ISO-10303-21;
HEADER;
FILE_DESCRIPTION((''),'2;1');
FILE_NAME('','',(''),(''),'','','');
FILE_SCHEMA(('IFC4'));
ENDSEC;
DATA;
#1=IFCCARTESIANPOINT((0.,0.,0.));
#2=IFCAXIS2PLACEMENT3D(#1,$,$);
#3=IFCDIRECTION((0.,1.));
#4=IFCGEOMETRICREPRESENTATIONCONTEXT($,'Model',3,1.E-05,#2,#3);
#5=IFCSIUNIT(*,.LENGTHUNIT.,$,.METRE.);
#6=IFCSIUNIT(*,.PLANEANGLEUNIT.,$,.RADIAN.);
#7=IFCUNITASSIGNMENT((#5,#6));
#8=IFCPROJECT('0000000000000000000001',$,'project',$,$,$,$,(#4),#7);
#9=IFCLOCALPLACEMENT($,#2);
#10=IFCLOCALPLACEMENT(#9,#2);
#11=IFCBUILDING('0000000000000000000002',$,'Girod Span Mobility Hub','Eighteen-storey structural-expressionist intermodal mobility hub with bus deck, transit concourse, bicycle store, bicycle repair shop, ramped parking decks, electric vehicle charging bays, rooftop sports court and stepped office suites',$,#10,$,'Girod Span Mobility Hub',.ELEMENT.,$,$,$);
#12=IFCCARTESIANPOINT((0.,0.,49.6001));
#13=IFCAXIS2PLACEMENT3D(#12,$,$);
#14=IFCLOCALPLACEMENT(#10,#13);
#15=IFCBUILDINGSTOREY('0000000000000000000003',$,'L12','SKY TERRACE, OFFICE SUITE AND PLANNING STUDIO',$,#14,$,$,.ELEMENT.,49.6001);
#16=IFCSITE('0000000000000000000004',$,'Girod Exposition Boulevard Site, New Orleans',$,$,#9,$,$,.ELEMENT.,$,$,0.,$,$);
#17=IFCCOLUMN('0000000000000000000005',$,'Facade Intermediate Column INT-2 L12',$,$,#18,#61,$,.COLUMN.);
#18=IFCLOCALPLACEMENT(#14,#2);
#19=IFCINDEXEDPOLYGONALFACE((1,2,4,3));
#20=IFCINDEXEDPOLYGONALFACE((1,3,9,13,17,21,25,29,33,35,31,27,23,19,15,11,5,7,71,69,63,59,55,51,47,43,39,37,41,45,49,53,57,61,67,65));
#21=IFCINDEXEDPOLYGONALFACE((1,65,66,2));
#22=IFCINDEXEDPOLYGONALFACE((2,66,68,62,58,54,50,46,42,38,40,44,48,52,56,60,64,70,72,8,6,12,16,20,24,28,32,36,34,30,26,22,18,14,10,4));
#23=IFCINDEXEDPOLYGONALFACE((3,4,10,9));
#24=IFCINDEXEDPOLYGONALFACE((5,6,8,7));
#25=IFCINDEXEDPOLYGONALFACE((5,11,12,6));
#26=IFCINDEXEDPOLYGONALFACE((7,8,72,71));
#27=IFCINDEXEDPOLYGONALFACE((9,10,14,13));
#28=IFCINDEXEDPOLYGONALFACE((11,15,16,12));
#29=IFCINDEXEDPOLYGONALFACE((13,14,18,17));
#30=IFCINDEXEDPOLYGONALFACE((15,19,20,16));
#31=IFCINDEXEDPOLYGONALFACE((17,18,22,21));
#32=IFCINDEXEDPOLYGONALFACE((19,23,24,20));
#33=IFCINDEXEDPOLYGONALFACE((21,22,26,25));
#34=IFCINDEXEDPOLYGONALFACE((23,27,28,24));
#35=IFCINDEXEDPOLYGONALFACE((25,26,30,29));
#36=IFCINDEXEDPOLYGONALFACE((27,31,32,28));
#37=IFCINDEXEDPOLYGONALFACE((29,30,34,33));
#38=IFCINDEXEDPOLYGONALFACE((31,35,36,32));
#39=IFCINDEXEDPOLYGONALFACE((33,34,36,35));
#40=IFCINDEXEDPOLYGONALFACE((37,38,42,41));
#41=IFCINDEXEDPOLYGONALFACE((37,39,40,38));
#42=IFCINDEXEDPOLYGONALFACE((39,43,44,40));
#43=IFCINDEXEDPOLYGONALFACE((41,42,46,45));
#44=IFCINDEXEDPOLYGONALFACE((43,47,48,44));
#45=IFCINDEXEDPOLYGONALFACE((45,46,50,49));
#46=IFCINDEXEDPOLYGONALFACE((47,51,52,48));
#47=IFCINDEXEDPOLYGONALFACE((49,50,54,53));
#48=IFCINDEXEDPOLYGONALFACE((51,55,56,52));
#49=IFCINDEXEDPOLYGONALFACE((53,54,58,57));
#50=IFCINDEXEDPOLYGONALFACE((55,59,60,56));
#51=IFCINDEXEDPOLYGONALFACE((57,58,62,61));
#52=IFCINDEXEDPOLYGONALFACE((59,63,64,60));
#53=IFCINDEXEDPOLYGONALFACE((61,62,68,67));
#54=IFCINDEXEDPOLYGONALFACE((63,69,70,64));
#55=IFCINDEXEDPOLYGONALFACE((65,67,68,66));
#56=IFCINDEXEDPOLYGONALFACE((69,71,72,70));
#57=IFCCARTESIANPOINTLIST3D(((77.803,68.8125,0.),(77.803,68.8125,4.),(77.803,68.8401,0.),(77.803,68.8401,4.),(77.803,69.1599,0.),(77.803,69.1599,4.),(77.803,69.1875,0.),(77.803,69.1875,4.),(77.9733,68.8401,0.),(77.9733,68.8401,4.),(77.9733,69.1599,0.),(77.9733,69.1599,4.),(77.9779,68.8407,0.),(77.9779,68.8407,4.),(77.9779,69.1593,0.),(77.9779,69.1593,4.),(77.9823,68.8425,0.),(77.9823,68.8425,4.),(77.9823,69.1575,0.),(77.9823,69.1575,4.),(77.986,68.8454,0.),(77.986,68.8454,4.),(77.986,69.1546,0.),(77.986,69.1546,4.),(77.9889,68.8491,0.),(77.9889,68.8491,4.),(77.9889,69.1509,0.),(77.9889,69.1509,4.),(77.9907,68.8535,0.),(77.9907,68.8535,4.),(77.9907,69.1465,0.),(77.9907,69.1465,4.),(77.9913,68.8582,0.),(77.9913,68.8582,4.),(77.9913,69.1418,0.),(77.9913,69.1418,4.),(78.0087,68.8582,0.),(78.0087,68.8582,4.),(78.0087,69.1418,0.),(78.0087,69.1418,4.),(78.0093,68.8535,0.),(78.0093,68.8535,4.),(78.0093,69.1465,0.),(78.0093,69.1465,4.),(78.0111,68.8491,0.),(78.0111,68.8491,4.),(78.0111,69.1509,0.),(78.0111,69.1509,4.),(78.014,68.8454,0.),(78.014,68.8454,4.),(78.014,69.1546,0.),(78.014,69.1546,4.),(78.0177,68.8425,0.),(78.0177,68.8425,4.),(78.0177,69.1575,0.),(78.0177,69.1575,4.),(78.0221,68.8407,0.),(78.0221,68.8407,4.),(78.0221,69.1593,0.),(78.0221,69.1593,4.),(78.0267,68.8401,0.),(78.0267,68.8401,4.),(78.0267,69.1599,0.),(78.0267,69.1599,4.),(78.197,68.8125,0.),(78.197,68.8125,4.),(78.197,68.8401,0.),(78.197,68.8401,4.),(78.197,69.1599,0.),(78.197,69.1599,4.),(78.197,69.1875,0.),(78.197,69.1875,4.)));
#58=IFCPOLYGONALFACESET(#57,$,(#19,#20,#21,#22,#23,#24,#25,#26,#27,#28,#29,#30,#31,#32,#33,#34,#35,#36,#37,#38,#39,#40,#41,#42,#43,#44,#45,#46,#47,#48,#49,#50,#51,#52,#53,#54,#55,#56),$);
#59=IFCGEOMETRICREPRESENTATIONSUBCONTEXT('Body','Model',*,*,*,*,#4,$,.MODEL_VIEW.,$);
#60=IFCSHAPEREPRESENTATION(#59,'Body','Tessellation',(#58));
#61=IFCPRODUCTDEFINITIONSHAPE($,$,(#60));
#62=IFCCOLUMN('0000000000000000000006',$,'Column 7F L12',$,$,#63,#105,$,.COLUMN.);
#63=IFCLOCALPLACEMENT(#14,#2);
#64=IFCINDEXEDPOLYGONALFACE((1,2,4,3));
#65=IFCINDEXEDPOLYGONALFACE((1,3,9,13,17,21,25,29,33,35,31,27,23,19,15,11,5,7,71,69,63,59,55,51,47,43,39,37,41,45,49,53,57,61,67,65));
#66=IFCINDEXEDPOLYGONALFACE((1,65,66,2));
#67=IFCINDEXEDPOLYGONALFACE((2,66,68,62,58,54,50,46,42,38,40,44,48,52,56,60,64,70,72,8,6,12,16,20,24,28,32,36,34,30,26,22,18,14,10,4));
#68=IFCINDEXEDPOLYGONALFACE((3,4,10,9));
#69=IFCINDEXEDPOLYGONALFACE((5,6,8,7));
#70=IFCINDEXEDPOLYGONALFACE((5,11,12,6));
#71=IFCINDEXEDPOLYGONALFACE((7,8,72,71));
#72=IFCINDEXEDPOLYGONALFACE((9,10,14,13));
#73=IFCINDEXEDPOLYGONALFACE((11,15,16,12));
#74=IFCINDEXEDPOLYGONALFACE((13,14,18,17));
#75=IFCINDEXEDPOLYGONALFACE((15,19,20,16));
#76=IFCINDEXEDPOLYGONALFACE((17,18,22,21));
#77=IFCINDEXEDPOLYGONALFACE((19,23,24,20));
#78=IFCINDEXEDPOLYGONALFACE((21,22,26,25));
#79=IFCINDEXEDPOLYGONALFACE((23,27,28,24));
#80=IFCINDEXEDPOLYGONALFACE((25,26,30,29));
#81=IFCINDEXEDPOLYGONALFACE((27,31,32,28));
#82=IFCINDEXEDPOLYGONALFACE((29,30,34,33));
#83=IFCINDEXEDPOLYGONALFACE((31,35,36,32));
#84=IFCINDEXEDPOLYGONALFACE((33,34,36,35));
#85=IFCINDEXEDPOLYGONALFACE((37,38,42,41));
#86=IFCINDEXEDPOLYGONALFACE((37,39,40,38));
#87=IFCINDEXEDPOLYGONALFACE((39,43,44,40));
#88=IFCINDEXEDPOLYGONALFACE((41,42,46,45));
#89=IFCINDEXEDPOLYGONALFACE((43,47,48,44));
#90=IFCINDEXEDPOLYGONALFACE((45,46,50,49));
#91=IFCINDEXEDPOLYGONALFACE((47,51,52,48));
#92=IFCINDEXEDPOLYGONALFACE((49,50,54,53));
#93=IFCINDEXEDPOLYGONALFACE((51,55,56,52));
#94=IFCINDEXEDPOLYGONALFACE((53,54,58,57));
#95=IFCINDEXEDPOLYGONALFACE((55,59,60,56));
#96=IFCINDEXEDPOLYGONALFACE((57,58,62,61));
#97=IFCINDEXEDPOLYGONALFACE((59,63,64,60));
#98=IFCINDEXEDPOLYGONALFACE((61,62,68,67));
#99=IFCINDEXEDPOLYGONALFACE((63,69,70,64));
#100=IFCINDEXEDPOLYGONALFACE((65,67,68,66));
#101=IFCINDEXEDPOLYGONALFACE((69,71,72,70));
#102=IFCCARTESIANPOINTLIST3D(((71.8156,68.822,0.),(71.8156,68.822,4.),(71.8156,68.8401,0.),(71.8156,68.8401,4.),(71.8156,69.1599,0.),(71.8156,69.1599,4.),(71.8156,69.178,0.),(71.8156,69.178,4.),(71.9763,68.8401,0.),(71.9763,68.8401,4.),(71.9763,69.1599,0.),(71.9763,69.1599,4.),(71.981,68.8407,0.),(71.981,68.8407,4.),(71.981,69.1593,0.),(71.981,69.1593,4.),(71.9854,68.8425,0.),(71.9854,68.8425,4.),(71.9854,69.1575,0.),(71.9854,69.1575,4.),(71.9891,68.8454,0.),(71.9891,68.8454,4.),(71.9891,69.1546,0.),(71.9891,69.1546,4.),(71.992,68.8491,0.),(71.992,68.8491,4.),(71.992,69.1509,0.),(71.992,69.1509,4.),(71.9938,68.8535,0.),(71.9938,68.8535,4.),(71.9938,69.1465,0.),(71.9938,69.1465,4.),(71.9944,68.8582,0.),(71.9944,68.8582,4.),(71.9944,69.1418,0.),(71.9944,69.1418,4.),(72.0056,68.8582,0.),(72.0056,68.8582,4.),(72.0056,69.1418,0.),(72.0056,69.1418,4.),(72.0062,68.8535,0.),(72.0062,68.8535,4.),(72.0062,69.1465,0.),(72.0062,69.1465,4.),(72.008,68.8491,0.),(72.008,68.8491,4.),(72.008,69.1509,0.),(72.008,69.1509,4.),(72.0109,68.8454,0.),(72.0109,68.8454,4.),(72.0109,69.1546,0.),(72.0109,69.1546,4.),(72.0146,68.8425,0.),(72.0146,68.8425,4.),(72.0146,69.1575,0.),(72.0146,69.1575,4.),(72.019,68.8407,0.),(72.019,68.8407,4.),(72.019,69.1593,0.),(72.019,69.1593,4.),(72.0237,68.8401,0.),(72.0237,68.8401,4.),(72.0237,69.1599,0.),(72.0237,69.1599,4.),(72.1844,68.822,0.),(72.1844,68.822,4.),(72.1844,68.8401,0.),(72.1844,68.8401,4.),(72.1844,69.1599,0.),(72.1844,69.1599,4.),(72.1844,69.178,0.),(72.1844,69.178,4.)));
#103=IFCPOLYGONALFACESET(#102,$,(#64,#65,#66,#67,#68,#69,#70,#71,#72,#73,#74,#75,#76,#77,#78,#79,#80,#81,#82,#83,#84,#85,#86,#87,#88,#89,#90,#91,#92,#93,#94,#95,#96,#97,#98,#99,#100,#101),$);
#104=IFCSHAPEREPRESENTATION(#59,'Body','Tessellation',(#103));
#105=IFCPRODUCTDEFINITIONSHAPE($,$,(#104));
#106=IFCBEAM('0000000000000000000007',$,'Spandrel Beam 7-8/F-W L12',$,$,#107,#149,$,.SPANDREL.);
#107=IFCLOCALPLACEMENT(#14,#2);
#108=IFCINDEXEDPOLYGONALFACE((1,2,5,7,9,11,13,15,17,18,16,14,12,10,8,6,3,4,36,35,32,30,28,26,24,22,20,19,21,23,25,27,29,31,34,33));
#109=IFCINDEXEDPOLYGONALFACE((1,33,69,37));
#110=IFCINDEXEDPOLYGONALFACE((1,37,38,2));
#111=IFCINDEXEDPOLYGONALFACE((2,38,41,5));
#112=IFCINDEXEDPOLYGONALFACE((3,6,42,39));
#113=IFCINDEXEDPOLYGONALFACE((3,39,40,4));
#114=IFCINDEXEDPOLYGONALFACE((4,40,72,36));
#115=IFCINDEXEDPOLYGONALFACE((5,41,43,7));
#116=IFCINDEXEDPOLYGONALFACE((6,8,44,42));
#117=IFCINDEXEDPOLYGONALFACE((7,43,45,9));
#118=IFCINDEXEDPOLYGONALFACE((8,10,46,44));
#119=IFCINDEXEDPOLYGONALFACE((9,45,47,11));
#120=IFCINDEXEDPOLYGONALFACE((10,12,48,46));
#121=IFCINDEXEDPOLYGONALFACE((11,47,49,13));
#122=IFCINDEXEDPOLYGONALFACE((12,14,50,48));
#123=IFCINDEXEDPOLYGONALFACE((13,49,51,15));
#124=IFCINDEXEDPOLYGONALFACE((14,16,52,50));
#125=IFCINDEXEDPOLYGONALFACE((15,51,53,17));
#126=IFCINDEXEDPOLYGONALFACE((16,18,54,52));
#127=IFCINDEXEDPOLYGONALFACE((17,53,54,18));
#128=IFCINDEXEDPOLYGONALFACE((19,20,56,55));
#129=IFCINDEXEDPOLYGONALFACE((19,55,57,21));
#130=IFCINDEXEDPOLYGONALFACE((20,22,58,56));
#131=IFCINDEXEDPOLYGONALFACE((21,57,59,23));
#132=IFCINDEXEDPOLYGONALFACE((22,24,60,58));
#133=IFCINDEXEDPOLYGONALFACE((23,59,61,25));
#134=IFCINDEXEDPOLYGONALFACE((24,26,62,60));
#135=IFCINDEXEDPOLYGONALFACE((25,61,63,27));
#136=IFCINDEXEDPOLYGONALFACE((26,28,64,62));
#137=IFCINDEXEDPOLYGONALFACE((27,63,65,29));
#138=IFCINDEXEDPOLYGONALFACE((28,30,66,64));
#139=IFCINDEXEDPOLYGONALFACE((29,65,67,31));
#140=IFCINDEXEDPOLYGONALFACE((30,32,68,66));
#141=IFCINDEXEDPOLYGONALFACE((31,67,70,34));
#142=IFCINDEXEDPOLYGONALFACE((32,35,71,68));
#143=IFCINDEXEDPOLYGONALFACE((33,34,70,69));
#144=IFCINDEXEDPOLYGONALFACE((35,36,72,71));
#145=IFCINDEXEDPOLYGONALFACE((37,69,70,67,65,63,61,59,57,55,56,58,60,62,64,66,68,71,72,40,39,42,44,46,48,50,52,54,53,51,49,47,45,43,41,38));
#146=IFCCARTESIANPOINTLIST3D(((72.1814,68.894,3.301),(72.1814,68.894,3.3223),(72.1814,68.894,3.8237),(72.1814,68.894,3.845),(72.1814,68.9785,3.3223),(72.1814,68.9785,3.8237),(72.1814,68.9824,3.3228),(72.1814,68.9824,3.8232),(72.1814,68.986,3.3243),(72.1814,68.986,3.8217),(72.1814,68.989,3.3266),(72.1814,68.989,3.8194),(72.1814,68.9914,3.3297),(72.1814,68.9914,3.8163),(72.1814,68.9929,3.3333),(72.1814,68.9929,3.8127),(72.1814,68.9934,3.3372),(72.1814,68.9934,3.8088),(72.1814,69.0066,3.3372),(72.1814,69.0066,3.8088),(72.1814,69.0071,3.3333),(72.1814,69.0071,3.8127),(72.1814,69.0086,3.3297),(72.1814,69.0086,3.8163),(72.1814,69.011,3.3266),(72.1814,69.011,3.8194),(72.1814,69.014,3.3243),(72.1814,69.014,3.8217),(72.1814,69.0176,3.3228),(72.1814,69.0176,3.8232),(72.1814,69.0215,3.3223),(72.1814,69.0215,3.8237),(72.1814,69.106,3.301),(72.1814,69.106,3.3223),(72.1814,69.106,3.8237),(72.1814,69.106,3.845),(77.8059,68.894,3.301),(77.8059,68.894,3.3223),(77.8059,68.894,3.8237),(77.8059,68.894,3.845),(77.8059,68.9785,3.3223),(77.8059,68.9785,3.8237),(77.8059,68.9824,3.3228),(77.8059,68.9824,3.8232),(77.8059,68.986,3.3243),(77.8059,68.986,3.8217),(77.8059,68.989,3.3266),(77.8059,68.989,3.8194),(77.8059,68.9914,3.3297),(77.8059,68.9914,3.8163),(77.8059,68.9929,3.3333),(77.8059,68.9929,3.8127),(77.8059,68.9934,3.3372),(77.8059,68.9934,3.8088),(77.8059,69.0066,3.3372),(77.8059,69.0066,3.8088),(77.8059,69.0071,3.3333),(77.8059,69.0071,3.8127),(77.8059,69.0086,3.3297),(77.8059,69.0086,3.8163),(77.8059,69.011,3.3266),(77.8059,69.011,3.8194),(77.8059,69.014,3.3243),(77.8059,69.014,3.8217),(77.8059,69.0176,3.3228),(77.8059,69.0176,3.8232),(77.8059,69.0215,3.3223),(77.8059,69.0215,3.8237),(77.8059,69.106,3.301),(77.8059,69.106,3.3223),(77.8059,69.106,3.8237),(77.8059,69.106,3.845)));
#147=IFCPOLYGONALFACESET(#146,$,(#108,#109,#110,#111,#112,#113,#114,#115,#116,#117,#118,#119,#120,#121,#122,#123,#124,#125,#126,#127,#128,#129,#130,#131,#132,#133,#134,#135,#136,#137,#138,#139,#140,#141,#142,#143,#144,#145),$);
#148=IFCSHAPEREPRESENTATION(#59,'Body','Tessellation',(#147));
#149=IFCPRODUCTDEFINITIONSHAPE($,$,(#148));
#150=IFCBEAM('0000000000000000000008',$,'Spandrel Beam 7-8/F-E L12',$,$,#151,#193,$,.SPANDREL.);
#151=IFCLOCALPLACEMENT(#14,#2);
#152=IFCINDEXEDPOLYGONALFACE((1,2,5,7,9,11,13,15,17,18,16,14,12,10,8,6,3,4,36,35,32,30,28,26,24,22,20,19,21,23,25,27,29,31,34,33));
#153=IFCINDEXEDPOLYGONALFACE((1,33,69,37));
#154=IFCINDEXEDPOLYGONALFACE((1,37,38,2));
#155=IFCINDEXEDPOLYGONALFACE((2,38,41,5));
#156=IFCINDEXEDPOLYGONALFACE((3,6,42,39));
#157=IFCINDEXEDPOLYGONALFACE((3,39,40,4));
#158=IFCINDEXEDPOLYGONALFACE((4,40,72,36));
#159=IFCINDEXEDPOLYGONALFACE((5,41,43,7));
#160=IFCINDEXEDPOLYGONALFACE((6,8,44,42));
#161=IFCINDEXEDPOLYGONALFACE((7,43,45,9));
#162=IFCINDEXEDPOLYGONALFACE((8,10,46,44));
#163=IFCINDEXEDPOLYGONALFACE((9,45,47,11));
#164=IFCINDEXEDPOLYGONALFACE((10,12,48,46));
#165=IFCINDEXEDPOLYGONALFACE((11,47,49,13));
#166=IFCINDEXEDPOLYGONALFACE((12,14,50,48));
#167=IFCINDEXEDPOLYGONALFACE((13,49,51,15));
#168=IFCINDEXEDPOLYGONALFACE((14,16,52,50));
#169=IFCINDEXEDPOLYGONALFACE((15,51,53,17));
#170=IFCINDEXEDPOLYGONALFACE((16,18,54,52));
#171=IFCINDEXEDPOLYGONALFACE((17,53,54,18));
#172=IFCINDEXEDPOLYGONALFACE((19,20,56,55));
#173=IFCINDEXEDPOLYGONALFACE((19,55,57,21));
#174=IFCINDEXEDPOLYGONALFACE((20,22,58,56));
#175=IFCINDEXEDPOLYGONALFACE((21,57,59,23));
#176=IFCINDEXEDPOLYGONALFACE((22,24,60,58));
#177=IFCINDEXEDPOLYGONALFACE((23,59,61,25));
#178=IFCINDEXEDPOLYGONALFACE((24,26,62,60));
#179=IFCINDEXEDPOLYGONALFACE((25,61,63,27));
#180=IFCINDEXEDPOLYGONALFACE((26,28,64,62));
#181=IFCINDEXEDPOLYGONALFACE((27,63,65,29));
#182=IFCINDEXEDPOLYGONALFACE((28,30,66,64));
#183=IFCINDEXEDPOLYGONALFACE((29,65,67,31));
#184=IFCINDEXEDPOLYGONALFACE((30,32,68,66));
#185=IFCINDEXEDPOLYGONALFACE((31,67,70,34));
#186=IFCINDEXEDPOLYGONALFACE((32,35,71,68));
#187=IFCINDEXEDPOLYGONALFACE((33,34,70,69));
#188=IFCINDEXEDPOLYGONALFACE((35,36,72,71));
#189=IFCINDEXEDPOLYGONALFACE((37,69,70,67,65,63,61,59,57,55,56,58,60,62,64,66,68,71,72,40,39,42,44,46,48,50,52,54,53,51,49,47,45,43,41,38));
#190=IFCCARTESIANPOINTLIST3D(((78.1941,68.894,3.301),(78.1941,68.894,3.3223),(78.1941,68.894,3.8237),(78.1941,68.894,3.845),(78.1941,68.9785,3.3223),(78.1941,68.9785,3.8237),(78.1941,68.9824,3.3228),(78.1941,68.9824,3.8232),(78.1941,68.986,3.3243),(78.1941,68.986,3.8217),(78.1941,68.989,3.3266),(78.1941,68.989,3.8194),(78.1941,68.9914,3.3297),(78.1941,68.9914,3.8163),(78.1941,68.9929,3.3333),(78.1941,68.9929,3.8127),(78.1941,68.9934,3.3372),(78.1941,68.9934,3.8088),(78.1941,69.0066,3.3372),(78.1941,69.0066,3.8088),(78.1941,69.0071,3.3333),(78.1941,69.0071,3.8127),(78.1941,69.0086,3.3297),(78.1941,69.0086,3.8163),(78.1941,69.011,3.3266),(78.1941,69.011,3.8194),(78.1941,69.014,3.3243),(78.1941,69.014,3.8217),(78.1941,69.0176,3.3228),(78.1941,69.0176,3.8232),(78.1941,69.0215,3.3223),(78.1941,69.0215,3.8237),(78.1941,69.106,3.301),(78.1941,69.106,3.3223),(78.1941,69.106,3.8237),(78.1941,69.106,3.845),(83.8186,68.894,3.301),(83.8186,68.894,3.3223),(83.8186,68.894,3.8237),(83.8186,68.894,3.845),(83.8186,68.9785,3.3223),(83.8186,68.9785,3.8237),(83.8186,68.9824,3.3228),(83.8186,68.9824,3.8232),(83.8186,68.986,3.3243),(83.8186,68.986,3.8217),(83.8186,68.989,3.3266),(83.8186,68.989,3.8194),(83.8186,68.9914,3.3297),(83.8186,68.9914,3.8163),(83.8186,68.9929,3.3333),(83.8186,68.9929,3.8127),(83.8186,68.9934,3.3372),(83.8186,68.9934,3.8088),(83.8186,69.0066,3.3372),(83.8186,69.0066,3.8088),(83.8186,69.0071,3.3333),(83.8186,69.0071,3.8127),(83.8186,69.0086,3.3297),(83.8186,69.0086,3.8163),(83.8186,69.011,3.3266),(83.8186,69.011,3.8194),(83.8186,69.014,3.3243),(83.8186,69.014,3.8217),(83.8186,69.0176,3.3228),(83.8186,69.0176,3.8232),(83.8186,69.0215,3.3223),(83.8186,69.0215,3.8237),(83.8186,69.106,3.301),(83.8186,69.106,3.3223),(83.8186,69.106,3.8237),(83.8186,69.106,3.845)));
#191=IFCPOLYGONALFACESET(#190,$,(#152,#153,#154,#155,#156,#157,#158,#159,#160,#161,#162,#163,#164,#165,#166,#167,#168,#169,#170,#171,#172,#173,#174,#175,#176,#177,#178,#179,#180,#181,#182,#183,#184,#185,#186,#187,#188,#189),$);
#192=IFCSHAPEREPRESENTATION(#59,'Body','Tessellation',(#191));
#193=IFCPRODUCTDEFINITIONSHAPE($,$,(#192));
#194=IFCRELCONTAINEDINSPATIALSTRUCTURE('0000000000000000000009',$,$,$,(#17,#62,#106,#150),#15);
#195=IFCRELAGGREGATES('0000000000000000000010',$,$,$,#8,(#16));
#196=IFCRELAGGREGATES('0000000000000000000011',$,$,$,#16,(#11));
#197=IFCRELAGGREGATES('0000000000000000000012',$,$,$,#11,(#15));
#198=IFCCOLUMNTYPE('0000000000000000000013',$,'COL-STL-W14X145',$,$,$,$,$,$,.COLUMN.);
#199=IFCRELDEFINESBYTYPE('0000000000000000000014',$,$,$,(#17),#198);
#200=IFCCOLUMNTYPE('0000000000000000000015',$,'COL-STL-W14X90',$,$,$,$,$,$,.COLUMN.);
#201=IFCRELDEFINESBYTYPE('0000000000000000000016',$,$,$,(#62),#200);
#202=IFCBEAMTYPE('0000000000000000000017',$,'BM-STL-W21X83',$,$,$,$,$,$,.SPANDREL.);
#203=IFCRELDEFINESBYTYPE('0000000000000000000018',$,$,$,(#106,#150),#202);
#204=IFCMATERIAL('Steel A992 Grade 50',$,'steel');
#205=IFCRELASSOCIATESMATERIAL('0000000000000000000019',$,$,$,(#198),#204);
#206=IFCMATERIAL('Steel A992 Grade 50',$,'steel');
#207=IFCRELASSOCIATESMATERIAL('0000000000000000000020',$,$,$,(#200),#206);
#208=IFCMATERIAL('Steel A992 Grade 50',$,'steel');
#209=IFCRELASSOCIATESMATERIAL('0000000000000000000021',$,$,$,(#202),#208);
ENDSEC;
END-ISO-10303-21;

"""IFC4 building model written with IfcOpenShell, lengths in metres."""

from ifc_helpers import new_model, si_unit, direction, frame, origin, origin_2d, place, context, subcontext, project, spatial, i_section, extrude, material, material_profile, profile_set, type_object, element, save


model = new_model("IFC4")

# Units and contexts
model_context = context("Model", 3, precision=1e-05, world=origin(), true_north=direction((0.0, 1.0)))
body_context = subcontext(model_context, "Body", "Model", "MODEL_VIEW")
ifc_project = project(units=[si_unit("LENGTHUNIT", "METRE"), si_unit("PLANEANGLEUNIT", "RADIAN")], contexts=[model_context])

# Site, building, storey
site_placement = place(None, origin())
site = spatial("IfcSite", under=ifc_project, at=site_placement, Name="Girod Exposition Boulevard Site, New Orleans", CompositionType="ELEMENT", RefElevation=0.0)
building_placement = place(site_placement, origin())
building = spatial("IfcBuilding", under=site, at=building_placement, Name="Girod Span Mobility Hub", Description="Eighteen-storey structural-expressionist intermodal mobility hub with bus deck, transit concourse, bicycle store, bicycle repair shop, ramped parking decks, electric vehicle charging bays, rooftop sports court and stepped office suites", LongName="Girod Span Mobility Hub", CompositionType="ELEMENT")
storey_placement = place(building_placement, frame((0.0, 0.0, 49.6001)))
storey = spatial("IfcBuildingStorey", under=building, at=storey_placement, Name="L12", Description="SKY TERRACE, OFFICE SUITE AND PLANNING STUDIO", CompositionType="ELEMENT", Elevation=49.6001)

# Columns
ifc_material_1 = material(Name="Steel A992 Grade 50", Category="steel")
ifc_material_profile_1 = material_profile(ifc_material_1, i_section(OverallWidth=0.394, OverallDepth=0.375, WebThickness=0.0173, FlangeThickness=0.0276, FilletRadius=0.0181, at=origin_2d()), Name="W14X145")
ifc_profile_set_1 = profile_set([ifc_material_profile_1], Name="Steel A992 Grade 50")
column_type_1 = type_object("IfcColumnType", Name="COL-STL-W14X145", PredefinedType="COLUMN", material=ifc_profile_set_1)
column_1_placement = place(storey_placement, frame((78.0, 69.0, 0.0), z_axis=(0.0, 0.0, 1.0), x_axis=(1.0, 0.0, 0.0)))
element("IfcColumn", 1, at=column_1_placement, inside=storey, type_object=column_type_1, Name="Facade Intermediate Column INT-2 L12", PredefinedType="COLUMN", context=body_context, shape_type="SweptSolid", body=[
    extrude(i_section(OverallWidth=0.394, OverallDepth=0.375, WebThickness=0.0173, FlangeThickness=0.0276, FilletRadius=0.0181, at=origin_2d()), origin(), (0.0, 0.0, 1.0), 4.0),
])
ifc_material_2 = material(Name="Steel A992 Grade 50", Category="steel")
ifc_material_profile_2 = material_profile(ifc_material_2, i_section(OverallWidth=0.3689, OverallDepth=0.356, WebThickness=0.0112, FlangeThickness=0.0181, FilletRadius=0.0181, at=origin_2d()), Name="W14X90")
ifc_profile_set_2 = profile_set([ifc_material_profile_2], Name="Steel A992 Grade 50")
column_type_2 = type_object("IfcColumnType", Name="COL-STL-W14X90", PredefinedType="COLUMN", material=ifc_profile_set_2)
column_2_placement = place(storey_placement, frame((72.0, 69.0, 0.0), z_axis=(0.0, 0.0, 1.0), x_axis=(1.0, 0.0, 0.0)))
element("IfcColumn", 2, at=column_2_placement, inside=storey, type_object=column_type_2, Name="Column 7F L12", PredefinedType="COLUMN", context=body_context, shape_type="SweptSolid", body=[
    extrude(i_section(OverallWidth=0.3689, OverallDepth=0.356, WebThickness=0.0112, FlangeThickness=0.0181, FilletRadius=0.0181, at=origin_2d()), origin(), (0.0, 0.0, 1.0), 4.0),
])

# Beams
ifc_material_3 = material(Name="Steel A992 Grade 50", Category="steel")
ifc_material_profile_3 = material_profile(ifc_material_3, i_section(OverallWidth=0.2119, OverallDepth=0.5439, WebThickness=0.0132, FlangeThickness=0.0212, FilletRadius=0.0149, at=origin_2d()), Name="W21X83")
ifc_profile_set_3 = profile_set([ifc_material_profile_3], Name="Steel A992 Grade 50")
beam_type = type_object("IfcBeamType", Name="BM-STL-W21X83", PredefinedType="SPANDREL", material=ifc_profile_set_3)
for number, where, z_axis, x_axis, name in (
    (3, (72.1814, 69.0, 3.573), (1.0, 0.0, 0.0), (0.0, 1.0, 0.0), "Spandrel Beam 7-8/F-W L12"),
    (4, (78.1941, 69.0, 3.573), (1.0, 0.0, 0.0), (0.0, 1.0, 0.0), "Spandrel Beam 7-8/F-E L12"),
):
    element("IfcBeam", number, at=place(storey_placement, frame(where, z_axis=z_axis, x_axis=x_axis)), inside=storey, type_object=beam_type, Name=name, PredefinedType="SPANDREL", context=body_context, shape_type="SweptSolid", body=[
        extrude(i_section(OverallWidth=0.2119, OverallDepth=0.5439, WebThickness=0.0132, FlangeThickness=0.0212, FilletRadius=0.0149, at=origin_2d()), origin(), (0.0, 0.0, 1.0), 5.6245),
    ])

save(model, "model.ifc")
